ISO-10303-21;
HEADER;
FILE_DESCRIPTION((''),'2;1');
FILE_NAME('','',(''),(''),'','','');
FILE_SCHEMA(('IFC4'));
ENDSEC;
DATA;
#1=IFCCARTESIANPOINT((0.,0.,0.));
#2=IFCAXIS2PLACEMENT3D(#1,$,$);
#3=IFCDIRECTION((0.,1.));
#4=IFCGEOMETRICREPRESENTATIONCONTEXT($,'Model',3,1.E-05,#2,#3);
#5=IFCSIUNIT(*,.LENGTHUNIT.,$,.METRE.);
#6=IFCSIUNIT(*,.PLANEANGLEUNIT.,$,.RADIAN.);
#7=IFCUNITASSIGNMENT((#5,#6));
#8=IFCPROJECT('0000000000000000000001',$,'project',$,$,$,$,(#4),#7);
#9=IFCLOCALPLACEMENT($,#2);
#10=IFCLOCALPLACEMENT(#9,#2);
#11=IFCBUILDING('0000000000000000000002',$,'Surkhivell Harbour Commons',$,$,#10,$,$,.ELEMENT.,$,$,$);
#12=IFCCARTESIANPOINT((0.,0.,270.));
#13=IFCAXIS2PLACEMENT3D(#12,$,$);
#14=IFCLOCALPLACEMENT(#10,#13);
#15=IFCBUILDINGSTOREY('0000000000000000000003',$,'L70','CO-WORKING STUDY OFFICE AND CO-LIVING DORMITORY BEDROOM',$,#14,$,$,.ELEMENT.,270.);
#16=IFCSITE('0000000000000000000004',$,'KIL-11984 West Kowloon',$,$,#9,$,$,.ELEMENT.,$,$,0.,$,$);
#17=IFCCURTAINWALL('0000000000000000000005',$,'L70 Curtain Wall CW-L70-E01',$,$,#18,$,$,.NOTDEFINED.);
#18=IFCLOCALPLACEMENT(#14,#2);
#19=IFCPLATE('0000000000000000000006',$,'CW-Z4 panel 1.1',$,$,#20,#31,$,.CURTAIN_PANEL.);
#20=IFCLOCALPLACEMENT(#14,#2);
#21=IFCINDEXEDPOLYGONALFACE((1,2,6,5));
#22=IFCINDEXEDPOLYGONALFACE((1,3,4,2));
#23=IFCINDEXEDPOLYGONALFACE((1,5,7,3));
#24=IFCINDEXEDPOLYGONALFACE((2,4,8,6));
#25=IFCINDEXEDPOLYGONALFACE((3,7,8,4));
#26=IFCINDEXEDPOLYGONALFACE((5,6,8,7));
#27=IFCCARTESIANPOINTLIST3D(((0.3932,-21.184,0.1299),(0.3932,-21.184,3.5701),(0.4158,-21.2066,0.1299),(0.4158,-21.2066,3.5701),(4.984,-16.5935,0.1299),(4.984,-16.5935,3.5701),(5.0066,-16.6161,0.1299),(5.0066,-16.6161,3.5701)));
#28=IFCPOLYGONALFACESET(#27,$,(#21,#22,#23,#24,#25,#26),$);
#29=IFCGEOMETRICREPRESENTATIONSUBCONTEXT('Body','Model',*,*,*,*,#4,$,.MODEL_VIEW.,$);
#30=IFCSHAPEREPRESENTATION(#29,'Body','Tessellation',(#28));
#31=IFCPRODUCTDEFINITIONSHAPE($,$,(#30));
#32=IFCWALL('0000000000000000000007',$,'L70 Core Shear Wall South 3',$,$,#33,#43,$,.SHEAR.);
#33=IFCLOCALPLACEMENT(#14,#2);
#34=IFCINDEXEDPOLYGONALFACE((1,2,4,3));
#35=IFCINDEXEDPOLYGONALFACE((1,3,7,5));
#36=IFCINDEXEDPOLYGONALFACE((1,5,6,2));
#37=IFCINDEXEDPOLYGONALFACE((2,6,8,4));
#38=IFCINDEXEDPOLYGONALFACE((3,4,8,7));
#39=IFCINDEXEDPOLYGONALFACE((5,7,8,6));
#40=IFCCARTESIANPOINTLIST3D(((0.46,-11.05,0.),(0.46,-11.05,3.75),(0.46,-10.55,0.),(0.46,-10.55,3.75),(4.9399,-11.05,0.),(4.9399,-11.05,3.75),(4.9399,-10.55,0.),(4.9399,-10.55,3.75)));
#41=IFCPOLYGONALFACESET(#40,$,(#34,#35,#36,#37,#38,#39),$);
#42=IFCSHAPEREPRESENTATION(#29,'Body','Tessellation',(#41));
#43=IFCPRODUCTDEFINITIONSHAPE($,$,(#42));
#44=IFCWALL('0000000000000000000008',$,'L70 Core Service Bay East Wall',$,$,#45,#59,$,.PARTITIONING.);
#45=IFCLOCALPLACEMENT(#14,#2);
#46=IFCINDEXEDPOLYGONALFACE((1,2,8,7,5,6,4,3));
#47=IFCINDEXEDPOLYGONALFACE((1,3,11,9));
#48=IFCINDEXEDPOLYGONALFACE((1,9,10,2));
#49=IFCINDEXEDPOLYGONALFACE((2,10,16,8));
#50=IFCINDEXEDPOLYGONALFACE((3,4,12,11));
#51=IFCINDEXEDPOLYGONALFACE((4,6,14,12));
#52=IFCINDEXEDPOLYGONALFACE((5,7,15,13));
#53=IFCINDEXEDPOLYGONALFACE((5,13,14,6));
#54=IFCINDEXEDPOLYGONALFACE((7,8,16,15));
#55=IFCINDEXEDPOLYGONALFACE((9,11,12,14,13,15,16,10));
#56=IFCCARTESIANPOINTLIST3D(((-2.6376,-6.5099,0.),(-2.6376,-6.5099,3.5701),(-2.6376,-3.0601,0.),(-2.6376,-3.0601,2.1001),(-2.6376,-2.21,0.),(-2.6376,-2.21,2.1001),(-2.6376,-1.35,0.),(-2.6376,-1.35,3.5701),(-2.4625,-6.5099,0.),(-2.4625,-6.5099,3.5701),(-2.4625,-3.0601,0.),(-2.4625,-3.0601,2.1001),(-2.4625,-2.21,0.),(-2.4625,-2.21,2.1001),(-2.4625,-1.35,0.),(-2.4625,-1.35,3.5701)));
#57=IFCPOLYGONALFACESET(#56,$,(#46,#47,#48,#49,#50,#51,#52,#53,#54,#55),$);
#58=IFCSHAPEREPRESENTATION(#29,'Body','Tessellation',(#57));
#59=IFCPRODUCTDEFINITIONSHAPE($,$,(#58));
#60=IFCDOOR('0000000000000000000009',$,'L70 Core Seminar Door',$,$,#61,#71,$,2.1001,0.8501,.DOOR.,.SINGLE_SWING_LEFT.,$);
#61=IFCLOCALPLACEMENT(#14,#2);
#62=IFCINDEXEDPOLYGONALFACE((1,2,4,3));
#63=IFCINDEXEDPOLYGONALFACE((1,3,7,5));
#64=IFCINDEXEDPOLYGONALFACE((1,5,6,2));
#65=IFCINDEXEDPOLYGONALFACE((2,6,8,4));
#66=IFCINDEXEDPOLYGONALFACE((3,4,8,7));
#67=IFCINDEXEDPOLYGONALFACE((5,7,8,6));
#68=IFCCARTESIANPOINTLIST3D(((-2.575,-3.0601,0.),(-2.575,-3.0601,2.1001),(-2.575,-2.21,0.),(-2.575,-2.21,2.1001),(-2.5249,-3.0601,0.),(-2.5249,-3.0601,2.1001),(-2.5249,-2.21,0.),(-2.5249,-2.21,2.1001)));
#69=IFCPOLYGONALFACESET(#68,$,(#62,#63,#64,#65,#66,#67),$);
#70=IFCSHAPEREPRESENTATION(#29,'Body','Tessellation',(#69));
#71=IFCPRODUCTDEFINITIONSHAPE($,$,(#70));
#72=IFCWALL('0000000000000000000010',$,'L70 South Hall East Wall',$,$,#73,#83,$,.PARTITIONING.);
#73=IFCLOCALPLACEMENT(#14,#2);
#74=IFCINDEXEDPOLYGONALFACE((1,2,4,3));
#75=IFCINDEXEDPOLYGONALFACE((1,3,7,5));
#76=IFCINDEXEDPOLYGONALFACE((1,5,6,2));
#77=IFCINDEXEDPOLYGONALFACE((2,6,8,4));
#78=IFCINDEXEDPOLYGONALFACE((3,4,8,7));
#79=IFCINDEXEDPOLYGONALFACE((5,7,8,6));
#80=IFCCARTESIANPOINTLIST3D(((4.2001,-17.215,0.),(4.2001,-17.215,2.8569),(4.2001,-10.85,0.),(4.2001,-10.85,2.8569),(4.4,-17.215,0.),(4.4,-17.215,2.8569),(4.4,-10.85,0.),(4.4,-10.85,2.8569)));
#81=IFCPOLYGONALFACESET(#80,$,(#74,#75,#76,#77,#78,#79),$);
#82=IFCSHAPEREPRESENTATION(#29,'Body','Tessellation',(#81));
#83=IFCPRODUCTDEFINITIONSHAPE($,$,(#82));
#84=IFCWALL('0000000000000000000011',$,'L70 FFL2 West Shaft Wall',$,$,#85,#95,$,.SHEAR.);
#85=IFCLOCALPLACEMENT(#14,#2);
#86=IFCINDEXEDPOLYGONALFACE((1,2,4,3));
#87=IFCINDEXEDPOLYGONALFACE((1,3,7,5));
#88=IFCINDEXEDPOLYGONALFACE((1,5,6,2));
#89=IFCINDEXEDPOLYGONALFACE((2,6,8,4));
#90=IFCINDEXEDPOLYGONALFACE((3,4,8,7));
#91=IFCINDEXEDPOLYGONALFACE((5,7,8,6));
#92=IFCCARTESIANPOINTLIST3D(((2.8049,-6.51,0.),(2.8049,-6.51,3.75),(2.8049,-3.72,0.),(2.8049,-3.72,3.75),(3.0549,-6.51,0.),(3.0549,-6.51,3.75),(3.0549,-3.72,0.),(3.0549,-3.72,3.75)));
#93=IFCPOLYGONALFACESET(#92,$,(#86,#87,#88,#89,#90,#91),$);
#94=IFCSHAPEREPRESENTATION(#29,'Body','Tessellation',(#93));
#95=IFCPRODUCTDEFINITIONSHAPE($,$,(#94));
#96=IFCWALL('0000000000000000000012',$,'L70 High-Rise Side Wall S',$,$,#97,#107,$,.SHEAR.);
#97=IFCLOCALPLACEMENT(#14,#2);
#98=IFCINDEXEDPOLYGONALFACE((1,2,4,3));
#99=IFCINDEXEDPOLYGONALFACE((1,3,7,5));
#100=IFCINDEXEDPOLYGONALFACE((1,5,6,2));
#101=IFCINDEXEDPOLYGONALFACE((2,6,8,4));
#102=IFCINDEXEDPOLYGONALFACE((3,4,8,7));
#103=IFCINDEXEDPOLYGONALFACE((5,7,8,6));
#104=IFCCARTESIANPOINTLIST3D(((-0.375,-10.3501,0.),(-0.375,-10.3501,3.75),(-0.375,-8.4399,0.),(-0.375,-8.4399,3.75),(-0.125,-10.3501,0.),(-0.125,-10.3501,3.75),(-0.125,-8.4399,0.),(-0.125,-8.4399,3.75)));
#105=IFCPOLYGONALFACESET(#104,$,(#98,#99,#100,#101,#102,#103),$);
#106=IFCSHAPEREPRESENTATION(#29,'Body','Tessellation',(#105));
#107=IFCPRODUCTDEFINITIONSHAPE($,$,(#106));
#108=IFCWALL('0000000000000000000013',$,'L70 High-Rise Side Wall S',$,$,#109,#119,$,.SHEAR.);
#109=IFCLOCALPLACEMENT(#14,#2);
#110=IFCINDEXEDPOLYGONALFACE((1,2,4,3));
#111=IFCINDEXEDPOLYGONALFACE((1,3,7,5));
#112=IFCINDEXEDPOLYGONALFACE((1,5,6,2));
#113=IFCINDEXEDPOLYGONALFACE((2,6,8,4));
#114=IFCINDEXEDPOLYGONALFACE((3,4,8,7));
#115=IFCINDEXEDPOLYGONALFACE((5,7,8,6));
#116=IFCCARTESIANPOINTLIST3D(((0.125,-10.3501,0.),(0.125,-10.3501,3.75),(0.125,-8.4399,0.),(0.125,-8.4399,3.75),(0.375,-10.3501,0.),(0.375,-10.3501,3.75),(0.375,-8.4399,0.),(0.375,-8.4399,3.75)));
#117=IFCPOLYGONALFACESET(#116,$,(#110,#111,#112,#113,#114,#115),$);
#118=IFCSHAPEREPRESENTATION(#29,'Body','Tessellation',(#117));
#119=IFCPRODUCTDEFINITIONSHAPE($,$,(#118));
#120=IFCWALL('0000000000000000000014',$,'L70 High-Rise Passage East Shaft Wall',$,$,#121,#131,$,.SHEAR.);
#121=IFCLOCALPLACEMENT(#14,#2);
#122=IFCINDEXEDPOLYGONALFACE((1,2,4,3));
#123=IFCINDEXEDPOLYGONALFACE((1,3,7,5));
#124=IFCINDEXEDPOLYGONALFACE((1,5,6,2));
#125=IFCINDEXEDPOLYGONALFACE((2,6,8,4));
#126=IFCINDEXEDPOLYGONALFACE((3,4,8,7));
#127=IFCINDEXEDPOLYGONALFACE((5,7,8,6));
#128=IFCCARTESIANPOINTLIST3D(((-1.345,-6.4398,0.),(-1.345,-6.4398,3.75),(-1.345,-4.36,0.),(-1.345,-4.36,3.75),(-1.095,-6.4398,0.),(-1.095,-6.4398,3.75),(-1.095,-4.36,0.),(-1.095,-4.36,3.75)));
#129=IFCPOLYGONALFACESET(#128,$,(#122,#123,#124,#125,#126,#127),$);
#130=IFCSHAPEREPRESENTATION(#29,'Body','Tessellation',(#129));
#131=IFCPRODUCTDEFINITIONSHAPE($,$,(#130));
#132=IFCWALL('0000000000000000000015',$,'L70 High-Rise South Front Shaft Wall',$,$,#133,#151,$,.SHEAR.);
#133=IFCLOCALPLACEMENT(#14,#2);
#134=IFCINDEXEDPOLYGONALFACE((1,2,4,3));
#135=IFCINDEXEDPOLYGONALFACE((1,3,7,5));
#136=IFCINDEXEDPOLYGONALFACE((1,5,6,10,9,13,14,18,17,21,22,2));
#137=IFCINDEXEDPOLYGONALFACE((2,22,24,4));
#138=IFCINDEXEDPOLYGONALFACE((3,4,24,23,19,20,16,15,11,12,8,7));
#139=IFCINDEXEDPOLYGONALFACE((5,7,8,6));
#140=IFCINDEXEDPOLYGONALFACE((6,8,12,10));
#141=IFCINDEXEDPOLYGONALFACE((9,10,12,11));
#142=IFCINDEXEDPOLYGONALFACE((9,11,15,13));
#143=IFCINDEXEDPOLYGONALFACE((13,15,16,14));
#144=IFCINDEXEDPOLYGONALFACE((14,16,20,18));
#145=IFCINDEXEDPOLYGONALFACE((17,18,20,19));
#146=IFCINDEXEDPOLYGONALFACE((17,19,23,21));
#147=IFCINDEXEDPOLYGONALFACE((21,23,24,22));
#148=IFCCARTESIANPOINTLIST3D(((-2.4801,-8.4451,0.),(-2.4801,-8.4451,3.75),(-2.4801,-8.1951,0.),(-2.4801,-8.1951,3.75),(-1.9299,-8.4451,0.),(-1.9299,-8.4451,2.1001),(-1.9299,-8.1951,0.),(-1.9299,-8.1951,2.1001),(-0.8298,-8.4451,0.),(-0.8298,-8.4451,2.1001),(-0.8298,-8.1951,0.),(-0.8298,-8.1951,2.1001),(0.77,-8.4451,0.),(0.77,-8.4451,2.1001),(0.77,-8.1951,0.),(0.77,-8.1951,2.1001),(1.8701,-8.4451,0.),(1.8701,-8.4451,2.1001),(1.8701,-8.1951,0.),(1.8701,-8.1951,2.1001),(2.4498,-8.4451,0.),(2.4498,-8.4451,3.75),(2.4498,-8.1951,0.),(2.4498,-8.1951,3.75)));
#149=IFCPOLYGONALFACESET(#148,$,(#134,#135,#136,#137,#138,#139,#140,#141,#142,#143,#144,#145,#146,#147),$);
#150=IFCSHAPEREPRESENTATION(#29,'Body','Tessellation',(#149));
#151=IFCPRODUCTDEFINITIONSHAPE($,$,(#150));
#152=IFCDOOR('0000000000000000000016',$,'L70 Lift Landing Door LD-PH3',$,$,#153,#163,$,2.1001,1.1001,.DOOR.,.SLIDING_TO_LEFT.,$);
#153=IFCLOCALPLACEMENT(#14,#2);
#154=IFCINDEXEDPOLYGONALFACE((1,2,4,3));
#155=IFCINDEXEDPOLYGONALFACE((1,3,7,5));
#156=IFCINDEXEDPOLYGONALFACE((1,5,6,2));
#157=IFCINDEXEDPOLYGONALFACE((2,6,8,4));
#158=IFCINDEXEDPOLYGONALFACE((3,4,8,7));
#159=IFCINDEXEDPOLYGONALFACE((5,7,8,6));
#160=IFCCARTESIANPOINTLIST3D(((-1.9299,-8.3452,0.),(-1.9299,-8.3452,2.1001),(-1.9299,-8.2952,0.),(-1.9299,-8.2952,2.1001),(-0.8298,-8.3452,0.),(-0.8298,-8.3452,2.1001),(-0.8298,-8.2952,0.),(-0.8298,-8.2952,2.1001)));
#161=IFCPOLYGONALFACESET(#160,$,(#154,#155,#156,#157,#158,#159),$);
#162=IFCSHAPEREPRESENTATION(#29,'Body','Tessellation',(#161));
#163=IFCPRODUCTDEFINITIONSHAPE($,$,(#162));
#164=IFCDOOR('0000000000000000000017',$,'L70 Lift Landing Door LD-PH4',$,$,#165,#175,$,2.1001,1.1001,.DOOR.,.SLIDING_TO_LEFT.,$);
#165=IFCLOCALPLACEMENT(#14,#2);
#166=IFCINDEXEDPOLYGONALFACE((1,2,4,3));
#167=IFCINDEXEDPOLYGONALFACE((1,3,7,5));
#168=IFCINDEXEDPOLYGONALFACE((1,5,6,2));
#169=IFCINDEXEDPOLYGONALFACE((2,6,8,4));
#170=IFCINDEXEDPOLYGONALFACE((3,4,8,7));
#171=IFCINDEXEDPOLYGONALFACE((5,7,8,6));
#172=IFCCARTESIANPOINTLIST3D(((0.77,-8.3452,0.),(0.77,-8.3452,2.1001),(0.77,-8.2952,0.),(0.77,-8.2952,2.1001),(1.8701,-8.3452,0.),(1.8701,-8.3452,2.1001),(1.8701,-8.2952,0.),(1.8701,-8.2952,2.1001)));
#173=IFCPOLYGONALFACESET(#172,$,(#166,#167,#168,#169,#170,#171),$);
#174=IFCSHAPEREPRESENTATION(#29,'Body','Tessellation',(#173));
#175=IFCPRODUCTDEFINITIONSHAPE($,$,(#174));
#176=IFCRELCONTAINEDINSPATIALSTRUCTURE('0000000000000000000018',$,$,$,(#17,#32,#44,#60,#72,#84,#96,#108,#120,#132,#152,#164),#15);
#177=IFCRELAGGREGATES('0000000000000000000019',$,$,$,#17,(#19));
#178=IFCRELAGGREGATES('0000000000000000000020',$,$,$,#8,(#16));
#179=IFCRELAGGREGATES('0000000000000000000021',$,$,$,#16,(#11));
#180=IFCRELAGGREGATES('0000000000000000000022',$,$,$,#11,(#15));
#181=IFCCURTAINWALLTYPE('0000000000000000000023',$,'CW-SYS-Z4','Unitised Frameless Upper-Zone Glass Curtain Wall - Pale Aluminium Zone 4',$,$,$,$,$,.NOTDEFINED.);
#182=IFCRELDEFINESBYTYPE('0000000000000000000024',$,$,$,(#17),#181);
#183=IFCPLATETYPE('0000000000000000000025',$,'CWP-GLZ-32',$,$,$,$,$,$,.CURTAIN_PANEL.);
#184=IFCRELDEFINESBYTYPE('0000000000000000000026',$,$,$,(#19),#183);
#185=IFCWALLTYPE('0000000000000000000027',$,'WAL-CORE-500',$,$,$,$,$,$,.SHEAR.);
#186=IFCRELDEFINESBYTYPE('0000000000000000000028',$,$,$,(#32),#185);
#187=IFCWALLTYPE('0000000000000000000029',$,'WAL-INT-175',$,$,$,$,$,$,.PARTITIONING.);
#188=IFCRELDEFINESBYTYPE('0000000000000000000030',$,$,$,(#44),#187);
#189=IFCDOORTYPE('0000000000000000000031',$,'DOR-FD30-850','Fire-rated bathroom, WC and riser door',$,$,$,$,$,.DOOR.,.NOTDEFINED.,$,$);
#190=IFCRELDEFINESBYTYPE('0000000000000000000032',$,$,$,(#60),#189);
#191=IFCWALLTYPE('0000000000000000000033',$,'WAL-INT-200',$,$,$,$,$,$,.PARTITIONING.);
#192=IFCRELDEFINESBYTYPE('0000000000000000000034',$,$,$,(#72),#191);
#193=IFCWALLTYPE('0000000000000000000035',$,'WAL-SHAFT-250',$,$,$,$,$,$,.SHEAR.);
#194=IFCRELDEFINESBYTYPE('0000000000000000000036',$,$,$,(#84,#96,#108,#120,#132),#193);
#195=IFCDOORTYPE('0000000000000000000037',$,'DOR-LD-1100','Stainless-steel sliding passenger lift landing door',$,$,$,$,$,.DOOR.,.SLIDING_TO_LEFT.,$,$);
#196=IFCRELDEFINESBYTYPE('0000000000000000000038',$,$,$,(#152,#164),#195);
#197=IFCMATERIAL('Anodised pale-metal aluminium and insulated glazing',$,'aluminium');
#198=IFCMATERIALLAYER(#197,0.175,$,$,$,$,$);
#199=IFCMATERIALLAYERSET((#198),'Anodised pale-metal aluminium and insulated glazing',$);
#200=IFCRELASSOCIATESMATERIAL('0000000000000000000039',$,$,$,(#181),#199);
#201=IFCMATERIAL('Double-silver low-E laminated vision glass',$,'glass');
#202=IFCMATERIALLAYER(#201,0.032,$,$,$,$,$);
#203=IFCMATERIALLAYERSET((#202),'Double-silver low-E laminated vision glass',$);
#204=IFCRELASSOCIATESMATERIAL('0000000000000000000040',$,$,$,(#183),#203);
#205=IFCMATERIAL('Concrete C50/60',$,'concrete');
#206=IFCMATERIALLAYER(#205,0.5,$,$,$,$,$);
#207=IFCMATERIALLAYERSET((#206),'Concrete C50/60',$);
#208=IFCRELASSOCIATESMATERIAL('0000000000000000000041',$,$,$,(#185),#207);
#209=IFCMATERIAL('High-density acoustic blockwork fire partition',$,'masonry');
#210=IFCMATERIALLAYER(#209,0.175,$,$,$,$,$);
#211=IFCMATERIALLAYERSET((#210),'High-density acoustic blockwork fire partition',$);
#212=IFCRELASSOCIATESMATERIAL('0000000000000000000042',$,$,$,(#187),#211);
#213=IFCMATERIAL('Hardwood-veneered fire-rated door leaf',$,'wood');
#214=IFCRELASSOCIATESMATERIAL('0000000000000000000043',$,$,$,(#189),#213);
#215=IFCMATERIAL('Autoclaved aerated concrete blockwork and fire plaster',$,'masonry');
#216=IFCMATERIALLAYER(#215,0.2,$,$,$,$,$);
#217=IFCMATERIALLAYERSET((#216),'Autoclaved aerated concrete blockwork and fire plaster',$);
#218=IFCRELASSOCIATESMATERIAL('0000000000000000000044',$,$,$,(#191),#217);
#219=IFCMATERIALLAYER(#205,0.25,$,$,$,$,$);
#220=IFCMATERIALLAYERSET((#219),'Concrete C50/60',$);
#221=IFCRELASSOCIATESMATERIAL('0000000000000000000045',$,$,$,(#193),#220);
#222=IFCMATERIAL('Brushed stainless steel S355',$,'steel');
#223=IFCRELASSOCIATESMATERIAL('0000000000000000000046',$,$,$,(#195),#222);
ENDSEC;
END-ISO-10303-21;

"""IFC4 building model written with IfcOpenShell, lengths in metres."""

from ifc_helpers import new_model, si_unit, direction, frame, frame_2d, origin, place, context, subcontext, project, spatial, rectangle, extrude, material, layer, layer_set, type_object, element, fill, aggregate, save


model = new_model("IFC4")

# Units and contexts
model_context = context("Model", 3, precision=1e-05, world=origin(), true_north=direction((0.0, 1.0)))
body_context = subcontext(model_context, "Body", "Model", "MODEL_VIEW")
ifc_project = project(units=[si_unit("LENGTHUNIT", "METRE"), si_unit("PLANEANGLEUNIT", "RADIAN")], contexts=[model_context])

# Site, building, storey
site_placement = place(None, origin())
site = spatial("IfcSite", under=ifc_project, at=site_placement, Name="KIL-11984 West Kowloon", CompositionType="ELEMENT", RefElevation=0.0)
building_placement = place(site_placement, origin())
building = spatial("IfcBuilding", under=site, at=building_placement, Name="Surkhivell Harbour Commons", CompositionType="ELEMENT")
storey_placement = place(building_placement, frame((0.0, 0.0, 270.0)))
storey = spatial("IfcBuildingStorey", under=building, at=storey_placement, Name="L70", Description="CO-WORKING STUDY OFFICE AND CO-LIVING DORMITORY BEDROOM", CompositionType="ELEMENT", Elevation=270.0)

# Shared definitions
ifc_material_1 = material(Name="Concrete C50/60", Category="concrete")

# Shared definitions
ifc_material_2 = material(Name="Anodised pale-metal aluminium and insulated glazing", Category="aluminium")
ifc_layer_1 = layer(ifc_material_2, 0.175)
ifc_layer_set_1 = layer_set([ifc_layer_1], Name="Anodised pale-metal aluminium and insulated glazing")
curtain_wall_type = type_object("IfcCurtainWallType", Name="CW-SYS-Z4", Description="Unitised Frameless Upper-Zone Glass Curtain Wall - Pale Aluminium Zone 4", PredefinedType="NOTDEFINED", material=ifc_layer_set_1)

# Curtain wall, plate
curtain_wall_1_placement = place(storey_placement, origin())
curtain_wall_1 = element("IfcCurtainWall", 1, at=curtain_wall_1_placement, inside=storey, type_object=curtain_wall_type, Name="L70 Curtain Wall CW-L70-E01", PredefinedType="NOTDEFINED")
ifc_material_3 = material(Name="Double-silver low-E laminated vision glass", Category="glass")
ifc_layer_2 = layer(ifc_material_3, 0.032)
ifc_layer_set_2 = layer_set([ifc_layer_2], Name="Double-silver low-E laminated vision glass")
plate_type = type_object("IfcPlateType", Name="CWP-GLZ-32", PredefinedType="CURTAIN_PANEL", material=ifc_layer_set_2)
plate_placement = place(storey_placement, frame((0.4045, -21.1953, 0.1299), z_axis=(0.0, 0.0, 1.0), x_axis=(0.707126, 0.707088, 0.0)))
plate = element("IfcPlate", 2, at=plate_placement, type_object=plate_type, Name="CW-Z4 panel 1.1", PredefinedType="CURTAIN_PANEL", context=body_context, shape_type="SweptSolid", body=[
    extrude(rectangle(XDim=6.4922, YDim=0.032, at=frame_2d((3.2461, 0.0))), origin(), (0.0, 0.0, 1.0), 3.4402),
])
aggregate(curtain_wall_1, [plate])

# Wall
ifc_layer_3 = layer(ifc_material_1, 0.5)
ifc_layer_set_3 = layer_set([ifc_layer_3], Name="Concrete C50/60")
wall_type_1 = type_object("IfcWallType", Name="WAL-CORE-500", PredefinedType="SHEAR", material=ifc_layer_set_3)
wall_1_placement = place(storey_placement, frame((0.46, -10.8, 0.0), z_axis=(0.0, 0.0, 1.0), x_axis=(1.0, 0.0, 0.0)))
element("IfcWall", 3, at=wall_1_placement, inside=storey, type_object=wall_type_1, Name="L70 Core Shear Wall South 3", PredefinedType="SHEAR", context=body_context, shape_type="SweptSolid", body=[
    extrude(rectangle(XDim=4.48, YDim=0.5, at=frame_2d((2.24, 0.0))), origin(), (0.0, 0.0, 1.0), 3.75),
])

# Wall, opening, door
ifc_material_4 = material(Name="High-density acoustic blockwork fire partition", Category="masonry")
ifc_layer_4 = layer(ifc_material_4, 0.175)
ifc_layer_set_4 = layer_set([ifc_layer_4], Name="High-density acoustic blockwork fire partition")
wall_type_2 = type_object("IfcWallType", Name="WAL-INT-175", PredefinedType="PARTITIONING", material=ifc_layer_set_4)
wall_2_placement = place(storey_placement, frame((-2.55, -6.51, 0.0), z_axis=(0.0, 0.0, 1.0), x_axis=(0.0, 1.0, 0.0)))
wall_2 = element("IfcWall", 4, at=wall_2_placement, inside=storey, type_object=wall_type_2, Name="L70 Core Service Bay East Wall", PredefinedType="PARTITIONING", context=body_context, shape_type="SweptSolid", body=[
    extrude(rectangle(XDim=5.1599, YDim=0.175, at=frame_2d((2.5801, 0.0))), origin(), (0.0, 0.0, 1.0), 3.5701),
])
opening_1_placement = place(wall_2_placement, frame((3.45, 0.0, 0.0)))
opening_1 = element("IfcOpeningElement", 5, at=opening_1_placement, cuts=wall_2, PredefinedType="OPENING", context=body_context, shape_type="SweptSolid", body=[
    extrude(rectangle(XDim=0.8501, YDim=2.1001, at=frame_2d((0.425, 1.05))), frame((0.0, 0.0974, 0.0), z_axis=(0.0, -1.0, 0.0), x_axis=(1.0, 0.0, 0.0)), (0.0, 0.0, 1.0), 0.1951),
])
ifc_material_5 = material(Name="Hardwood-veneered fire-rated door leaf", Category="wood")
door_type_1 = type_object("IfcDoorType", Name="DOR-FD30-850", Description="Fire-rated bathroom, WC and riser door", OperationType="NOTDEFINED", PredefinedType="DOOR", material=ifc_material_5)
door_1_placement = place(opening_1_placement, origin())
door_1 = element("IfcDoor", 6, at=door_1_placement, inside=storey, type_object=door_type_1, Name="L70 Core Seminar Door", OperationType="SINGLE_SWING_LEFT", OverallHeight=2.1001, OverallWidth=0.8501, PredefinedType="DOOR", context=body_context, shape_type="SweptSolid", body=[
    extrude(rectangle(XDim=0.8501, YDim=2.1001, at=frame_2d((0.425, 1.05))), frame((0.0, 0.0249, 0.0), z_axis=(0.0, -1.0, 0.0), x_axis=(1.0, 0.0, 0.0)), (0.0, 0.0, 1.0), 0.05),
])
fill(opening_1, door_1)

# Walls
ifc_material_6 = material(Name="Autoclaved aerated concrete blockwork and fire plaster", Category="masonry")
ifc_layer_5 = layer(ifc_material_6, 0.2)
ifc_layer_set_5 = layer_set([ifc_layer_5], Name="Autoclaved aerated concrete blockwork and fire plaster")
wall_type_3 = type_object("IfcWallType", Name="WAL-INT-200", PredefinedType="PARTITIONING", material=ifc_layer_set_5)
wall_3_placement = place(storey_placement, frame((4.3, -17.2151, 0.0), z_axis=(0.0, 0.0, 1.0), x_axis=(0.0, 1.0, 0.0)))
element("IfcWall", 7, at=wall_3_placement, inside=storey, type_object=wall_type_3, Name="L70 South Hall East Wall", PredefinedType="PARTITIONING", context=body_context, shape_type="SweptSolid", body=[
    extrude(rectangle(XDim=6.365, YDim=0.2, at=frame_2d((3.1826, 0.0))), origin(), (0.0, 0.0, 1.0), 2.8569),
])
ifc_layer_6 = layer(ifc_material_1, 0.25)
ifc_layer_set_6 = layer_set([ifc_layer_6], Name="Concrete C50/60")
wall_type_4 = type_object("IfcWallType", Name="WAL-SHAFT-250", PredefinedType="SHEAR", material=ifc_layer_set_6)
wall_4_placement = place(storey_placement, frame((2.9299, -6.51, 0.0), z_axis=(0.0, 0.0, 1.0), x_axis=(0.0, 1.0, 0.0)))
element("IfcWall", 8, at=wall_4_placement, inside=storey, type_object=wall_type_4, Name="L70 FFL2 West Shaft Wall", PredefinedType="SHEAR", context=body_context, shape_type="SweptSolid", body=[
    extrude(rectangle(XDim=2.79, YDim=0.25, at=frame_2d((1.395, 0.0))), origin(), (0.0, 0.0, 1.0), 3.75),
])
for number, where, z_axis, x_axis, name in (
    (9, (-0.25, -10.3501, 0.0), (0.0, 0.0, 1.0), (0.0, 1.0, 0.0), "L70 High-Rise Side Wall S"),
    (10, (0.25, -10.3501, 0.0), (0.0, 0.0, 1.0), (0.0, 1.0, 0.0), "L70 High-Rise Side Wall S"),
):
    element("IfcWall", number, at=place(storey_placement, frame(where, z_axis=z_axis, x_axis=x_axis)), inside=storey, type_object=wall_type_4, Name=name, PredefinedType="SHEAR", context=body_context, shape_type="SweptSolid", body=[
        extrude(rectangle(XDim=1.9102, YDim=0.25, at=frame_2d((0.9551, 0.0))), origin(), (0.0, 0.0, 1.0), 3.75),
    ])
wall_5_placement = place(storey_placement, frame((-1.22, -6.4399, 0.0), z_axis=(0.0, 0.0, 1.0), x_axis=(0.0, 1.0, 0.0)))
element("IfcWall", 11, at=wall_5_placement, inside=storey, type_object=wall_type_4, Name="L70 High-Rise Passage East Shaft Wall", PredefinedType="SHEAR", context=body_context, shape_type="SweptSolid", body=[
    extrude(rectangle(XDim=2.0798, YDim=0.25, at=frame_2d((1.04, 0.0))), origin(), (0.0, 0.0, 1.0), 3.75),
])

# Wall, openings, doors
wall_6_placement = place(storey_placement, frame((-2.48, -8.3201, 0.0), z_axis=(0.0, 0.0, 1.0), x_axis=(1.0, 0.0, 0.0)))
wall_6 = element("IfcWall", 12, at=wall_6_placement, inside=storey, type_object=wall_type_4, Name="L70 High-Rise South Front Shaft Wall", PredefinedType="SHEAR", context=body_context, shape_type="SweptSolid", body=[
    extrude(rectangle(XDim=4.9299, YDim=0.25, at=frame_2d((2.4648, 0.0))), origin(), (0.0, 0.0, 1.0), 3.75),
])
opening_2_placement = place(wall_6_placement, frame((0.55, 0.0, 0.0)))
opening_2 = element("IfcOpeningElement", 13, at=opening_2_placement, cuts=wall_6, PredefinedType="OPENING", context=body_context, shape_type="SweptSolid", body=[
    extrude(rectangle(XDim=1.1001, YDim=2.1001, at=frame_2d((0.55, 1.05))), frame((0.0, 0.135, 0.0), z_axis=(0.0, -1.0, 0.0), x_axis=(1.0, 0.0, 0.0)), (0.0, 0.0, 1.0), 0.27),
])
opening_3_placement = place(wall_6_placement, frame((3.25, 0.0, 0.0)))
opening_3 = element("IfcOpeningElement", 14, at=opening_3_placement, cuts=wall_6, PredefinedType="OPENING", context=body_context, shape_type="SweptSolid", body=[
    extrude(rectangle(XDim=1.1001, YDim=2.1001, at=frame_2d((0.55, 1.05))), frame((0.0, 0.135, 0.0), z_axis=(0.0, -1.0, 0.0), x_axis=(1.0, 0.0, 0.0)), (0.0, 0.0, 1.0), 0.27),
])
ifc_material_7 = material(Name="Brushed stainless steel S355", Category="steel")
door_type_2 = type_object("IfcDoorType", Name="DOR-LD-1100", Description="Stainless-steel sliding passenger lift landing door", OperationType="SLIDING_TO_LEFT", PredefinedType="DOOR", material=ifc_material_7)
door_2_placement = place(opening_2_placement, origin())
door_2 = element("IfcDoor", 15, at=door_2_placement, inside=storey, type_object=door_type_2, Name="L70 Lift Landing Door LD-PH3", OperationType="SLIDING_TO_LEFT", OverallHeight=2.1001, OverallWidth=1.1001, PredefinedType="DOOR", context=body_context, shape_type="SweptSolid", body=[
    extrude(rectangle(XDim=1.1001, YDim=2.1001, at=frame_2d((0.55, 1.05))), frame((0.0, 0.0249, 0.0), z_axis=(0.0, -1.0, 0.0), x_axis=(1.0, 0.0, 0.0)), (0.0, 0.0, 1.0), 0.05),
])
fill(opening_2, door_2)
door_3_placement = place(opening_3_placement, origin())
door_3 = element("IfcDoor", 16, at=door_3_placement, inside=storey, type_object=door_type_2, Name="L70 Lift Landing Door LD-PH4", OperationType="SLIDING_TO_LEFT", OverallHeight=2.1001, OverallWidth=1.1001, PredefinedType="DOOR", context=body_context, shape_type="SweptSolid", body=[
    extrude(rectangle(XDim=1.1001, YDim=2.1001, at=frame_2d((0.55, 1.05))), frame((0.0, 0.0249, 0.0), z_axis=(0.0, -1.0, 0.0), x_axis=(1.0, 0.0, 0.0)), (0.0, 0.0, 1.0), 0.05),
])
fill(opening_3, door_3)

save(model, "model.ifc")
